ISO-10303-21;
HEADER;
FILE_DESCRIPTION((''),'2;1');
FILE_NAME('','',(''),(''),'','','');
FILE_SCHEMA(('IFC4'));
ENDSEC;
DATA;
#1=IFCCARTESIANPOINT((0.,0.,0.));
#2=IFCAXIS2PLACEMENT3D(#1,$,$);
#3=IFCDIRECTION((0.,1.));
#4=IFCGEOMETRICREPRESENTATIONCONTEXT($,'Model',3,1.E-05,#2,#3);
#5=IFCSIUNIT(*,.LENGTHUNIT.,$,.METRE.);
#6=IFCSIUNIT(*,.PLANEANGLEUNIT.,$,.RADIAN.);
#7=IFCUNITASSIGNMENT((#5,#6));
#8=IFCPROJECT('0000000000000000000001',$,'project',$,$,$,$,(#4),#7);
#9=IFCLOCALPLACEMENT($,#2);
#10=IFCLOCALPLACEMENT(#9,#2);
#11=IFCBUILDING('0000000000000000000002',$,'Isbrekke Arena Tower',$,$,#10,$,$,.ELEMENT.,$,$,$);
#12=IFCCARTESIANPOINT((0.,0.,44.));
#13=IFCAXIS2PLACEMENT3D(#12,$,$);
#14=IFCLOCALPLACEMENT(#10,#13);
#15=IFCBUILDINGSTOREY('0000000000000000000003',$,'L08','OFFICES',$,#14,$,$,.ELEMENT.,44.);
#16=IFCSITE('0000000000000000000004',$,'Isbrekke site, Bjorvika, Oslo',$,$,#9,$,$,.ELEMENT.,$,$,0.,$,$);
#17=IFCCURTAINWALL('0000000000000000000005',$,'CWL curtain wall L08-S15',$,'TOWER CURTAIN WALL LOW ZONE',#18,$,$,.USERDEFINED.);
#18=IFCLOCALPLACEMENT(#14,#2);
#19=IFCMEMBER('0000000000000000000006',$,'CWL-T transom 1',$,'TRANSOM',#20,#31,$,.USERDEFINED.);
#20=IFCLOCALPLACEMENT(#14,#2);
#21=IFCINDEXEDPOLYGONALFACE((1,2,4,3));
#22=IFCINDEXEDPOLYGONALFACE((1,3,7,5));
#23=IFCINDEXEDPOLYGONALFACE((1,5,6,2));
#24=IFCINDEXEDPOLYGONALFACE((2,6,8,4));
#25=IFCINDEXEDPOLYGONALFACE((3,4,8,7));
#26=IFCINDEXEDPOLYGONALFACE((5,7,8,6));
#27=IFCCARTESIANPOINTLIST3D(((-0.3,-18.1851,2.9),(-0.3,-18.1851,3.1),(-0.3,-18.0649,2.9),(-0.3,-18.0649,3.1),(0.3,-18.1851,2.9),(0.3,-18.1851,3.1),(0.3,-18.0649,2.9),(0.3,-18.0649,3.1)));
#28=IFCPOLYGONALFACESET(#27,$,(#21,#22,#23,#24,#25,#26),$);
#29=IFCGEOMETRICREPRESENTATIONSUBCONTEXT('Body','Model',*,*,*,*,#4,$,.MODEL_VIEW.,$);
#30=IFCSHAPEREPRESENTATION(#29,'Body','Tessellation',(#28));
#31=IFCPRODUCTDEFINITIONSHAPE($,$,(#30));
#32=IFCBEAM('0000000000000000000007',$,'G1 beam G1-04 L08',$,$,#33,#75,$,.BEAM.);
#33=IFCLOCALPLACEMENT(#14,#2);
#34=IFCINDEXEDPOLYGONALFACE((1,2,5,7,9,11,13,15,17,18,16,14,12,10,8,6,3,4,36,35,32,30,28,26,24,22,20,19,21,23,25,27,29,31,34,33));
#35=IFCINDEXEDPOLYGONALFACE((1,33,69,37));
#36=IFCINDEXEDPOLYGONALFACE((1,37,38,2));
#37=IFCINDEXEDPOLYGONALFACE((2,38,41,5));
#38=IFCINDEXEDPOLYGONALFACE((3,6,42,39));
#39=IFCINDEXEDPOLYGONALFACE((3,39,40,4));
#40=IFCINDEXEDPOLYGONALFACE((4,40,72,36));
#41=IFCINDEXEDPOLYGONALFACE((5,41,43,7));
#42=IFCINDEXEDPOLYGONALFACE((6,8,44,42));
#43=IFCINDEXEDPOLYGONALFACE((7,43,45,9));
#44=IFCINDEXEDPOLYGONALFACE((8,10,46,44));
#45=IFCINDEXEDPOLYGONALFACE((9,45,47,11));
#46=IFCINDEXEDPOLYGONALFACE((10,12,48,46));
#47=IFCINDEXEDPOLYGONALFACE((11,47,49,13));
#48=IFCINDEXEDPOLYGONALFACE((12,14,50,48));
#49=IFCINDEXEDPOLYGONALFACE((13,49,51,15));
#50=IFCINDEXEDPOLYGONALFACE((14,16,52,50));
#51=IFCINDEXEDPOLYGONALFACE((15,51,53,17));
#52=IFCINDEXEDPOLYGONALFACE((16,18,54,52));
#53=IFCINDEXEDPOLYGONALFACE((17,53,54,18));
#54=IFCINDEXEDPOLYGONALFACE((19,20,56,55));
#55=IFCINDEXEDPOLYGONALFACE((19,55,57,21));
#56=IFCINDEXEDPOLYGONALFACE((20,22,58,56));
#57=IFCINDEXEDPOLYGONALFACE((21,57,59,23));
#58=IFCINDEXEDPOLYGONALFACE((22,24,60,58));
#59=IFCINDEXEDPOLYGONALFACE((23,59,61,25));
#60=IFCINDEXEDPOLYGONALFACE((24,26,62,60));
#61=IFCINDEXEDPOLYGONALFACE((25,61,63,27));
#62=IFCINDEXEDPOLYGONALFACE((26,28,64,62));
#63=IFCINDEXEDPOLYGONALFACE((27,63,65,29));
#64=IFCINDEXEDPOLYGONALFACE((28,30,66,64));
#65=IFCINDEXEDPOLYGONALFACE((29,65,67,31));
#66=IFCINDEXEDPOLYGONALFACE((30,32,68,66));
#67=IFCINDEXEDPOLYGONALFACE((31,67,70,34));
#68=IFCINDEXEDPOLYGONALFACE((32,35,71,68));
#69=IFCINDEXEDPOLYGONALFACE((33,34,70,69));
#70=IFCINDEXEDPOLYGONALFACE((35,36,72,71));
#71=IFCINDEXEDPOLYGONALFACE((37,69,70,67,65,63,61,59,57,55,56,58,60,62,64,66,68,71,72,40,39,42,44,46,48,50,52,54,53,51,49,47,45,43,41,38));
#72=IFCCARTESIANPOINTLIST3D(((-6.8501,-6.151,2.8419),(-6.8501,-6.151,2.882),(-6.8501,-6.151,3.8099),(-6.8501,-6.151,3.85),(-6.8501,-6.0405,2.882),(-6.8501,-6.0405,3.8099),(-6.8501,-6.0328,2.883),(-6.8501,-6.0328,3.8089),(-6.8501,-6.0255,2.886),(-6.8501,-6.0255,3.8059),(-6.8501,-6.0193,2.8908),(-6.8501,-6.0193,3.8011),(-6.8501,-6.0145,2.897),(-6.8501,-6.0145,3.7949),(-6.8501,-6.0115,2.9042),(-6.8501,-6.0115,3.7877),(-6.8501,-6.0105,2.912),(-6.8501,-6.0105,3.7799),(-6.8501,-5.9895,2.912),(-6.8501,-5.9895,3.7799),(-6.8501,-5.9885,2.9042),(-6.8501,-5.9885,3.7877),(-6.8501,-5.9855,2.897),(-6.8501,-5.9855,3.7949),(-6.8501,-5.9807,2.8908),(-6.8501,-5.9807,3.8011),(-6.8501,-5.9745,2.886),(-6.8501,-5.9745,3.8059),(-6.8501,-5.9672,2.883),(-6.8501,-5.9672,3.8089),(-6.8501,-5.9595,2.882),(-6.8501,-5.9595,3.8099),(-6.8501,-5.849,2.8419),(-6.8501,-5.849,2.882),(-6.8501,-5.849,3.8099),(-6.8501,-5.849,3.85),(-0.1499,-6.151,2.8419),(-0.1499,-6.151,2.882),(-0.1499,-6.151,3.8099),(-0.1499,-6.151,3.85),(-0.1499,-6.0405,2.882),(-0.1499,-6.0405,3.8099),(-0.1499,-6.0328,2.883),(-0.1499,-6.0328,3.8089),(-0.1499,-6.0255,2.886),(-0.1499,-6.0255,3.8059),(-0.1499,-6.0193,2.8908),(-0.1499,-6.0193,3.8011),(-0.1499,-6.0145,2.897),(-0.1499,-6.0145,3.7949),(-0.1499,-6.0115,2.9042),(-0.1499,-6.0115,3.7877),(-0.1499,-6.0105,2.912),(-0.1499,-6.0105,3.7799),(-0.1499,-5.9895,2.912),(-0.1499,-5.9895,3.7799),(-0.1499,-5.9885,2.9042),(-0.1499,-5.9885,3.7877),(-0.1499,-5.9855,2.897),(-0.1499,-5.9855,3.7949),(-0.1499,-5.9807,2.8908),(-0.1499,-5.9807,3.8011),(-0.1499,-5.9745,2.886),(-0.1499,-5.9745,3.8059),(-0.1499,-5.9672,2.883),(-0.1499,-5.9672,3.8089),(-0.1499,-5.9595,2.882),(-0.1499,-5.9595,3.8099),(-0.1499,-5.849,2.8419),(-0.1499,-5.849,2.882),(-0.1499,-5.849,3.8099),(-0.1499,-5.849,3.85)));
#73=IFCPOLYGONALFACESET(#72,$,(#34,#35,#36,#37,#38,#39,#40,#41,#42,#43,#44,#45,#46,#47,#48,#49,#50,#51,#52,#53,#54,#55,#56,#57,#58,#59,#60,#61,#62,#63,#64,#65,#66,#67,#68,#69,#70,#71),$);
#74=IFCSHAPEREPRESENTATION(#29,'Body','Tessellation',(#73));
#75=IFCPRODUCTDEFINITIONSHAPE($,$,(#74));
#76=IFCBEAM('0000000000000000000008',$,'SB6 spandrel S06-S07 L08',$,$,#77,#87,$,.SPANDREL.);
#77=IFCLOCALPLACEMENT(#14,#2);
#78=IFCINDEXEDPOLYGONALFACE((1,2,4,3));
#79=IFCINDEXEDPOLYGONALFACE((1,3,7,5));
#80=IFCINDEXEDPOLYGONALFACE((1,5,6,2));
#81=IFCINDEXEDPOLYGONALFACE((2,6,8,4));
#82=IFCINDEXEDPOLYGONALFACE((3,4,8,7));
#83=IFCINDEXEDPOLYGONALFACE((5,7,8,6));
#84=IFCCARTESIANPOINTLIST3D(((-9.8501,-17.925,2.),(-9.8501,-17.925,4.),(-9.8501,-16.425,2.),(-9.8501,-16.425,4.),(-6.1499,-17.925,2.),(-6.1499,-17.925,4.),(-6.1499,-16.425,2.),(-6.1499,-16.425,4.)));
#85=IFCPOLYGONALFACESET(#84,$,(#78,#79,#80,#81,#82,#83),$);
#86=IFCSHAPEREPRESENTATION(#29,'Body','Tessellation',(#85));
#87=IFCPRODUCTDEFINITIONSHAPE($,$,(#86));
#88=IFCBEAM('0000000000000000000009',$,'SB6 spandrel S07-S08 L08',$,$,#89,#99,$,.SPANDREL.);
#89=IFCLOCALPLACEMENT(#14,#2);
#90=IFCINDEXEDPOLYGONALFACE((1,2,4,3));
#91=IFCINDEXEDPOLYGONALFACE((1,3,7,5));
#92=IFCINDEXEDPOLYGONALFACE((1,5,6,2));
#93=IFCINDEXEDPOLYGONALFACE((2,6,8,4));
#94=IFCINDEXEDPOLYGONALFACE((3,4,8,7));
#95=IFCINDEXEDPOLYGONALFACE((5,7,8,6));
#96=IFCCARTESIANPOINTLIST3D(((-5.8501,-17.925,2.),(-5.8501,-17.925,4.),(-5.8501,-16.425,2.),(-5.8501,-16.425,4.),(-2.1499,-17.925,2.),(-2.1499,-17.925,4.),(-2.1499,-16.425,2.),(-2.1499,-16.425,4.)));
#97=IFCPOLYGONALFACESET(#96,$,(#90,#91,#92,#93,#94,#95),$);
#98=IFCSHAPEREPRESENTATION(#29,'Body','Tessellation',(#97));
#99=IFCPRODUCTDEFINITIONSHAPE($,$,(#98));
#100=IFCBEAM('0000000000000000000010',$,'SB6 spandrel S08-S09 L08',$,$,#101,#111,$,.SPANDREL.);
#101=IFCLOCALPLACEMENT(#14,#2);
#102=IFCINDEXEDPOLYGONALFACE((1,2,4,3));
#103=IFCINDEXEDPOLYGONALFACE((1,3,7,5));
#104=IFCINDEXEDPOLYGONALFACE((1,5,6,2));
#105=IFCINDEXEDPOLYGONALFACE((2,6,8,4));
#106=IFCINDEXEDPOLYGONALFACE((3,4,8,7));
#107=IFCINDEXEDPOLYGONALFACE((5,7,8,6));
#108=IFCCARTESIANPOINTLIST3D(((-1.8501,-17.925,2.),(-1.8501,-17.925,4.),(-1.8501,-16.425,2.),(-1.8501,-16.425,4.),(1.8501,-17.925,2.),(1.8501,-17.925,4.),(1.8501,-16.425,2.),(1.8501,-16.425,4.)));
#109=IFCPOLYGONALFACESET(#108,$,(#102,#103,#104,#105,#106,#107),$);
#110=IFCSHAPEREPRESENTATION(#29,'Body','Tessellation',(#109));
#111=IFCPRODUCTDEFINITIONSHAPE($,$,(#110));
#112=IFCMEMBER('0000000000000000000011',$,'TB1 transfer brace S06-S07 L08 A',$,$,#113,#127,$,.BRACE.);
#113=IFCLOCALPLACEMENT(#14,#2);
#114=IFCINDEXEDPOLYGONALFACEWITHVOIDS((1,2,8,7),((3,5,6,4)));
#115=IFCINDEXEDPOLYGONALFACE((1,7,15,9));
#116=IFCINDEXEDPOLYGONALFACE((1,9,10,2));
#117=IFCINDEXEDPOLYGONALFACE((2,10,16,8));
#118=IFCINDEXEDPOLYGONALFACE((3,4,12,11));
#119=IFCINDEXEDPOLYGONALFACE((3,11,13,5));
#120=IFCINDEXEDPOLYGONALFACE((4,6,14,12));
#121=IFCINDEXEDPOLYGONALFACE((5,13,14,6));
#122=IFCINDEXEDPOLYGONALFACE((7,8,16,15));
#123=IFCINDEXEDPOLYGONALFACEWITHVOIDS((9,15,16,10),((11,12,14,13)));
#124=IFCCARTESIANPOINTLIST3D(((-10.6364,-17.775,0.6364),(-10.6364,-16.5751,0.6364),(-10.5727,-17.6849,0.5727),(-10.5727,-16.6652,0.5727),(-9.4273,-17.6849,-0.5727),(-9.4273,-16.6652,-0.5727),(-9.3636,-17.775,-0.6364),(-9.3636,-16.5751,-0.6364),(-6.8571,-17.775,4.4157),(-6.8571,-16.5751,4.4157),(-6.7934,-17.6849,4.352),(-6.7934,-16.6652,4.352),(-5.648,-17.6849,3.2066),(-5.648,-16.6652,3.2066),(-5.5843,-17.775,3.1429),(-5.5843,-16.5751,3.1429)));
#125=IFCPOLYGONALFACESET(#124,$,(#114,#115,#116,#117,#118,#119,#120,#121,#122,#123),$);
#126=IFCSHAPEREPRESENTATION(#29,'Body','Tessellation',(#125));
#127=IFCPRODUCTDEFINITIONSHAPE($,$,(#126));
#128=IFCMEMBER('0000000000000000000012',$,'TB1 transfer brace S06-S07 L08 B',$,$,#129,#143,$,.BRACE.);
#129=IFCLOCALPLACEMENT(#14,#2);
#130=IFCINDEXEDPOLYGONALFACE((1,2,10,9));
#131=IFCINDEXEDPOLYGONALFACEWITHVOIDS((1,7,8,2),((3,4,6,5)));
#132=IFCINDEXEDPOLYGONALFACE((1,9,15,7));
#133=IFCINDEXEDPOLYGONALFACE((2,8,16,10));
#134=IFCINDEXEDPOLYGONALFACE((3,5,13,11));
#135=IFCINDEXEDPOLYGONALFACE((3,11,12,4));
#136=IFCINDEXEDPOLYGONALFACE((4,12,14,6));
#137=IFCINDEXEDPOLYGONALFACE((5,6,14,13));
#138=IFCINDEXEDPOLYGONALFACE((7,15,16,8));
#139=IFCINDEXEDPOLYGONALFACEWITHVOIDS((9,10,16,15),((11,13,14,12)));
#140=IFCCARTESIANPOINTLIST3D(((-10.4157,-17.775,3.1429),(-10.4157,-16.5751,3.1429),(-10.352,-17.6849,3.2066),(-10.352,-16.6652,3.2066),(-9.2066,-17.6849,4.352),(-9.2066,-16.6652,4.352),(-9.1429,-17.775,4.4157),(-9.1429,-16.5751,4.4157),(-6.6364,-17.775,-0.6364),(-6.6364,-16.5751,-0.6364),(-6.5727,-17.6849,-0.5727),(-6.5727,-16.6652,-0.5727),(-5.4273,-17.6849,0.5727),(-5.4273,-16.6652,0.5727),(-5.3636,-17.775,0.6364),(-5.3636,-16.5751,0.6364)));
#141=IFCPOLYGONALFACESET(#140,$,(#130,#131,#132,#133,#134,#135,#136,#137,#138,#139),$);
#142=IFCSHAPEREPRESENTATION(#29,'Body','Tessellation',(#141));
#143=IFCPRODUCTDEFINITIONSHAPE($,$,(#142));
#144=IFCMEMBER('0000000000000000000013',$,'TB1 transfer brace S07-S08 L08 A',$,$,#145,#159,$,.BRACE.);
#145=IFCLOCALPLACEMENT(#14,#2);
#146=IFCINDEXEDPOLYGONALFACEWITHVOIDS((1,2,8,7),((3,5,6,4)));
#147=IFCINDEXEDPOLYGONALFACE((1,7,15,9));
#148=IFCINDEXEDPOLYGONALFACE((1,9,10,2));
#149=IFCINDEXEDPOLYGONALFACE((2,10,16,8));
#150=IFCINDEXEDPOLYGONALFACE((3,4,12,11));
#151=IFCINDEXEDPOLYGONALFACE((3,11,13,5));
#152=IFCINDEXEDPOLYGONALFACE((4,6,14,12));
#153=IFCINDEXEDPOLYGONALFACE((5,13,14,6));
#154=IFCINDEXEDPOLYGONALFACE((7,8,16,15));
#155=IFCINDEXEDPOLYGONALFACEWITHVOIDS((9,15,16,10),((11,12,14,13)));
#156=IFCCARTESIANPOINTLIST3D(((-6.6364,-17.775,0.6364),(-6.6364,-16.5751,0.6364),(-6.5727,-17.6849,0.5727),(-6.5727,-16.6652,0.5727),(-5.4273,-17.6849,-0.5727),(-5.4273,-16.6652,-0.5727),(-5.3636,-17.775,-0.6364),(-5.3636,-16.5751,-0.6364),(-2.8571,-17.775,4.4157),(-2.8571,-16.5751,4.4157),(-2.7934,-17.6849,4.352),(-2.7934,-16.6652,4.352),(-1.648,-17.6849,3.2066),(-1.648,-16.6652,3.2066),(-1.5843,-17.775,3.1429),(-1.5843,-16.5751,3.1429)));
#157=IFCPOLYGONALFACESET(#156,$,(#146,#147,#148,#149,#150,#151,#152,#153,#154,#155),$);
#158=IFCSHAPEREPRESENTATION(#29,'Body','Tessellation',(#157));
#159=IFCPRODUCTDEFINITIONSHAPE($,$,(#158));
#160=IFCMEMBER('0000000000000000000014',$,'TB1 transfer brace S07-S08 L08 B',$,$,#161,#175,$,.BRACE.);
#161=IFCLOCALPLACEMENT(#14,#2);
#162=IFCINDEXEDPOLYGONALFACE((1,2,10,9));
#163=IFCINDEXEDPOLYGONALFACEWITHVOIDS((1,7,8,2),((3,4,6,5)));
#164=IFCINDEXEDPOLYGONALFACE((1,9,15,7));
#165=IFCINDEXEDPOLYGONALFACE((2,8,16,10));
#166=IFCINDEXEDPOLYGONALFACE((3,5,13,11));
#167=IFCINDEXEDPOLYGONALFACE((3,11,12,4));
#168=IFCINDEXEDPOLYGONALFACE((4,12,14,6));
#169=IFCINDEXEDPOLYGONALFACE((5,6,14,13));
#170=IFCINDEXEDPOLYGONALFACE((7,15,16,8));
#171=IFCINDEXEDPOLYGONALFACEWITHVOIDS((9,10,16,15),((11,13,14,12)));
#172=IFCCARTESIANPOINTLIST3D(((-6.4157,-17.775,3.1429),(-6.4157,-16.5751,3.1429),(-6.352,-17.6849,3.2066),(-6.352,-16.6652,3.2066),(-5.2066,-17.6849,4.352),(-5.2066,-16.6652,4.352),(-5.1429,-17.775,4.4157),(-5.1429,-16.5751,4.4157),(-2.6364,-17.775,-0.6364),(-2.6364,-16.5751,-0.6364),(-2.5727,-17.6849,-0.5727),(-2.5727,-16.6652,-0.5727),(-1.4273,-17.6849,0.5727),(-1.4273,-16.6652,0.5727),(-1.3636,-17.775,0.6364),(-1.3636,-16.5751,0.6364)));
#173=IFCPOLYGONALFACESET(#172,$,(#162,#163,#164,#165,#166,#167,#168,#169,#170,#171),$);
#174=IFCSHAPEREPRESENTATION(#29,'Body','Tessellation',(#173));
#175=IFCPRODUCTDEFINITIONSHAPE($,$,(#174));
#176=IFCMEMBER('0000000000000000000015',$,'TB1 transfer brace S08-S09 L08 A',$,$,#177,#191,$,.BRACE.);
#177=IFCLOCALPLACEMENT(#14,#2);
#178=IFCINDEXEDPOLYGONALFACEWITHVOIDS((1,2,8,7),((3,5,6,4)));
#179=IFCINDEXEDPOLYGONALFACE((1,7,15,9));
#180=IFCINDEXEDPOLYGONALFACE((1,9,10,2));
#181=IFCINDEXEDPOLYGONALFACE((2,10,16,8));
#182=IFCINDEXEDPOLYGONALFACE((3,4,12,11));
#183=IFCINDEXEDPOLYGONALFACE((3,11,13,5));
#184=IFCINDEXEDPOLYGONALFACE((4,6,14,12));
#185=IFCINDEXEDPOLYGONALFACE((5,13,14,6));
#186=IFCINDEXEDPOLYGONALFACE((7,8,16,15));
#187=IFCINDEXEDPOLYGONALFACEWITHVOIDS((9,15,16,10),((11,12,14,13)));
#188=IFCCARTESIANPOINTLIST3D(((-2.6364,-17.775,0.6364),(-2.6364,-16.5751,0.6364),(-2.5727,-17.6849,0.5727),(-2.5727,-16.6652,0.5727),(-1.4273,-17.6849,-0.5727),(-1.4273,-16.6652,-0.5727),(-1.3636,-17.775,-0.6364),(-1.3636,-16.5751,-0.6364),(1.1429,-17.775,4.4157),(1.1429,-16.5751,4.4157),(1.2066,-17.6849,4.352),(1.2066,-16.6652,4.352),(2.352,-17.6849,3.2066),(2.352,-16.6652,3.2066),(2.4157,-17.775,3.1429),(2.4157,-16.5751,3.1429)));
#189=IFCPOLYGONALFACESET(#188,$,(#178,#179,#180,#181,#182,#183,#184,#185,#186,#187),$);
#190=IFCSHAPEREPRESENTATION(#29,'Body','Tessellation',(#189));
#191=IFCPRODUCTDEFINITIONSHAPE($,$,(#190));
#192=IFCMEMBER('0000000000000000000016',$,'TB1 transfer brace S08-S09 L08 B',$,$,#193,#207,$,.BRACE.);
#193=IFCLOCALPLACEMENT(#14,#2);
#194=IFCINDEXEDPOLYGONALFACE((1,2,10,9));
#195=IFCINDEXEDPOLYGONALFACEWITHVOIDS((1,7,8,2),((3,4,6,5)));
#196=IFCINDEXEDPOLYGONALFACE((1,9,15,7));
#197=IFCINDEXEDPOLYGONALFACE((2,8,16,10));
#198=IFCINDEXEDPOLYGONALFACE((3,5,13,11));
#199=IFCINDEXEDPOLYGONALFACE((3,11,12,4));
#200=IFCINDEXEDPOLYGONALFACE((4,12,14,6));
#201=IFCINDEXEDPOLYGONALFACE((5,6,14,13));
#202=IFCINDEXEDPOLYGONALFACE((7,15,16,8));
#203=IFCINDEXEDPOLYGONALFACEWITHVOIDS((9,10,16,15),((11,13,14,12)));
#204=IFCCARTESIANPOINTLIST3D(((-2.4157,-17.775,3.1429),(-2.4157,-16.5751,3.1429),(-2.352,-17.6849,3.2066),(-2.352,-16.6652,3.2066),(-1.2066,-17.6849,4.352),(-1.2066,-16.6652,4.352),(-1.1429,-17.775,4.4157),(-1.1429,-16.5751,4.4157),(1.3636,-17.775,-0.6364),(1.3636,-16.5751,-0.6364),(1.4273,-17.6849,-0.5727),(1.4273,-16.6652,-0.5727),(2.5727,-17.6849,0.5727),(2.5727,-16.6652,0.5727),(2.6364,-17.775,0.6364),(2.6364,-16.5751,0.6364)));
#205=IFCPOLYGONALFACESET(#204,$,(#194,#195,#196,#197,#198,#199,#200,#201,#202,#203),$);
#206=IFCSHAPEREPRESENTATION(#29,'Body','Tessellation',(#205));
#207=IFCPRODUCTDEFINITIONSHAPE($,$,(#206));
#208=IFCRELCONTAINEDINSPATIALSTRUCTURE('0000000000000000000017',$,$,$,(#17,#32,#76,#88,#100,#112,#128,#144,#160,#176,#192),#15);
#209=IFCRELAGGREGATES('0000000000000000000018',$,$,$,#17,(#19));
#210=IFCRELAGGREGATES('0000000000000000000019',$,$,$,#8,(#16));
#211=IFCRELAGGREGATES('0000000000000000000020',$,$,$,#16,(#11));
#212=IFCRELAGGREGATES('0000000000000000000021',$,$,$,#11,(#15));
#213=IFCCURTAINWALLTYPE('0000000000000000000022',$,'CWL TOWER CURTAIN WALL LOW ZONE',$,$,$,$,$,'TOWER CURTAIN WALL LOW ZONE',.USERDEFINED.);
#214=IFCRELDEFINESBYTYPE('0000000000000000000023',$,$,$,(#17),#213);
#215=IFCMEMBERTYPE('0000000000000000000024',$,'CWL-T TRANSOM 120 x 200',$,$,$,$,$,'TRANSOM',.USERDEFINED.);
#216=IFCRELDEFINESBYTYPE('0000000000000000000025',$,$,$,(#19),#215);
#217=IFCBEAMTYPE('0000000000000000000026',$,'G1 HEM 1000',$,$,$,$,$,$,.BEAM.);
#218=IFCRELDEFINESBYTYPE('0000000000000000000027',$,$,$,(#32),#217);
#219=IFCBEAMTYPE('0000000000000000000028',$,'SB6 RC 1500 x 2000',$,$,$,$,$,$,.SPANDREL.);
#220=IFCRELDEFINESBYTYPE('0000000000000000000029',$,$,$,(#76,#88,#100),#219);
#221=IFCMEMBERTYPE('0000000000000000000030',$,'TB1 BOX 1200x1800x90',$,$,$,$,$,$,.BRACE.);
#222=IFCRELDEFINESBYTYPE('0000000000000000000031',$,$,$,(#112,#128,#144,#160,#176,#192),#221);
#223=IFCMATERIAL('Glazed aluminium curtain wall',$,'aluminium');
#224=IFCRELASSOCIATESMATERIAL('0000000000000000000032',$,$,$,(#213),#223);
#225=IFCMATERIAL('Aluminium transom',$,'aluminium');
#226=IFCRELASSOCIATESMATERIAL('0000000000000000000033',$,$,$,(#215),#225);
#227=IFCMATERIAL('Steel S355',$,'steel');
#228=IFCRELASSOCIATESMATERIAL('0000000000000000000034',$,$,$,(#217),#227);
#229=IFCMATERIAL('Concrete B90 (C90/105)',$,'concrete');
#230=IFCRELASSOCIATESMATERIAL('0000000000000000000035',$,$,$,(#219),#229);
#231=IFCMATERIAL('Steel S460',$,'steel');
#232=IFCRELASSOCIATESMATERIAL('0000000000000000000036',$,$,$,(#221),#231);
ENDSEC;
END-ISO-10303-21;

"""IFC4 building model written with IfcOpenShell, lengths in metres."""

from ifc_helpers import new_model, si_unit, direction, frame, origin, origin_2d, place, context, subcontext, project, spatial, rectangle, hollow_rectangle, i_section, extrude, material, material_profile, profile_set, type_object, element, aggregate, save


model = new_model("IFC4")

# Units and contexts
model_context = context("Model", 3, precision=1e-05, world=origin(), true_north=direction((0.0, 1.0)))
body_context = subcontext(model_context, "Body", "Model", "MODEL_VIEW")
ifc_project = project(units=[si_unit("LENGTHUNIT", "METRE"), si_unit("PLANEANGLEUNIT", "RADIAN")], contexts=[model_context])

# Site, building, storey
site_placement = place(None, origin())
site = spatial("IfcSite", under=ifc_project, at=site_placement, Name="Isbrekke site, Bjorvika, Oslo", CompositionType="ELEMENT", RefElevation=0.0)
building_placement = place(site_placement, origin())
building = spatial("IfcBuilding", under=site, at=building_placement, Name="Isbrekke Arena Tower", CompositionType="ELEMENT")
storey_placement = place(building_placement, frame((0.0, 0.0, 44.0)))
storey = spatial("IfcBuildingStorey", under=building, at=storey_placement, Name="L08", Description="OFFICES", CompositionType="ELEMENT", Elevation=44.0)

# Shared definitions
ifc_material_1 = material(Name="Glazed aluminium curtain wall", Category="aluminium")
curtain_wall_type = type_object("IfcCurtainWallType", Name="CWL TOWER CURTAIN WALL LOW ZONE", ElementType="TOWER CURTAIN WALL LOW ZONE", PredefinedType="USERDEFINED", material=ifc_material_1)

# Curtain wall
curtain_wall_1_placement = place(storey_placement, origin())
curtain_wall_1 = element("IfcCurtainWall", 1, at=curtain_wall_1_placement, inside=storey, type_object=curtain_wall_type, Name="CWL curtain wall L08-S15", ObjectType="TOWER CURTAIN WALL LOW ZONE", PredefinedType="USERDEFINED")

# Member
ifc_material_2 = material(Name="Aluminium transom", Category="aluminium")
ifc_material_profile_1 = material_profile(ifc_material_2, rectangle(XDim=0.1201, YDim=0.2, at=origin_2d()), Name="TRANSOM 120X200")
ifc_profile_set_1 = profile_set([ifc_material_profile_1], Name="Aluminium transom")
member_type_1 = type_object("IfcMemberType", Name="CWL-T TRANSOM 120 x 200", ElementType="TRANSOM", PredefinedType="USERDEFINED", material=ifc_profile_set_1)
member_1_placement = place(storey_placement, frame((-0.3, -18.125, 3.0), z_axis=(1.0, 0.0, 0.0), x_axis=(0.0, 1.0, 0.0)))
member_1 = element("IfcMember", 2, at=member_1_placement, type_object=member_type_1, Name="CWL-T transom 1", ObjectType="TRANSOM", PredefinedType="USERDEFINED", context=body_context, shape_type="SweptSolid", body=[
    extrude(rectangle(XDim=0.1201, YDim=0.2, at=origin_2d()), origin(), (0.0, 0.0, 1.0), 0.6001),
])
aggregate(curtain_wall_1, [member_1])

# Beams
ifc_material_3 = material(Name="Steel S355", Category="steel")
ifc_material_profile_2 = material_profile(ifc_material_3, i_section(OverallWidth=0.302, OverallDepth=1.0081, WebThickness=0.021, FlangeThickness=0.04, FilletRadius=0.03, at=origin_2d()), Name="HEM 1000")
ifc_profile_set_2 = profile_set([ifc_material_profile_2], Name="Steel S355")
beam_type_1 = type_object("IfcBeamType", Name="G1 HEM 1000", PredefinedType="BEAM", material=ifc_profile_set_2)
beam_1_placement = place(storey_placement, frame((-6.8501, -6.0, 3.3459), z_axis=(1.0, 0.0, 0.0), x_axis=(0.0, 1.0, 0.0)))
element("IfcBeam", 3, at=beam_1_placement, inside=storey, type_object=beam_type_1, Name="G1 beam G1-04 L08", PredefinedType="BEAM", context=body_context, shape_type="SweptSolid", body=[
    extrude(i_section(OverallWidth=0.302, OverallDepth=1.0081, WebThickness=0.021, FlangeThickness=0.04, FilletRadius=0.03, at=origin_2d()), origin(), (0.0, 0.0, 1.0), 6.7002),
])
ifc_material_4 = material(Name="Concrete B90 (C90/105)", Category="concrete")
ifc_material_profile_3 = material_profile(ifc_material_4, rectangle(XDim=1.5, YDim=2.0, at=origin_2d()), Name="RC 1500x2000")
ifc_profile_set_3 = profile_set([ifc_material_profile_3], Name="Concrete B90 (C90/105)")
beam_type_2 = type_object("IfcBeamType", Name="SB6 RC 1500 x 2000", PredefinedType="SPANDREL", material=ifc_profile_set_3)
for number, where, z_axis, x_axis, name in (
    (4, (-9.8501, -17.175, 3.0), (1.0, 0.0, 0.0), (0.0, 1.0, 0.0), "SB6 spandrel S06-S07 L08"),
    (5, (-5.8501, -17.175, 3.0), (1.0, 0.0, 0.0), (0.0, 1.0, 0.0), "SB6 spandrel S07-S08 L08"),
    (6, (-1.8501, -17.175, 3.0), (1.0, 0.0, 0.0), (0.0, 1.0, 0.0), "SB6 spandrel S08-S09 L08"),
):
    element("IfcBeam", number, at=place(storey_placement, frame(where, z_axis=z_axis, x_axis=x_axis)), inside=storey, type_object=beam_type_2, Name=name, PredefinedType="SPANDREL", context=body_context, shape_type="SweptSolid", body=[
        extrude(rectangle(XDim=1.5, YDim=2.0, at=origin_2d()), origin(), (0.0, 0.0, 1.0), 3.7002),
    ])

# Members
ifc_material_5 = material(Name="Steel S460", Category="steel")
ifc_material_profile_4 = material_profile(ifc_material_5, hollow_rectangle(XDim=1.2, YDim=1.8, WallThickness=0.0901, at=origin_2d()), Name="BOX 1200x1800x90")
ifc_profile_set_4 = profile_set([ifc_material_profile_4], Name="Steel S460")
member_type_2 = type_object("IfcMemberType", Name="TB1 BOX 1200x1800x90", PredefinedType="BRACE", material=ifc_profile_set_4)
for number, where, z_axis, x_axis, name in (
    (7, (-10.0, -17.175, 0.0), (0.707107, 0.0, 0.707107), (0.0, 1.0, 0.0), "TB1 transfer brace S06-S07 L08 A"),
    (8, (-9.7793, -17.175, 3.7793), (0.707107, 0.0, -0.707107), (0.0, 1.0, 0.0), "TB1 transfer brace S06-S07 L08 B"),
    (9, (-6.0, -17.175, 0.0), (0.707107, 0.0, 0.707107), (0.0, 1.0, 0.0), "TB1 transfer brace S07-S08 L08 A"),
    (10, (-5.7793, -17.175, 3.7793), (0.707107, 0.0, -0.707107), (0.0, 1.0, 0.0), "TB1 transfer brace S07-S08 L08 B"),
    (11, (-2.0, -17.175, 0.0), (0.707107, 0.0, 0.707107), (0.0, 1.0, 0.0), "TB1 transfer brace S08-S09 L08 A"),
    (12, (-1.7793, -17.175, 3.7793), (0.707107, 0.0, -0.707107), (0.0, 1.0, 0.0), "TB1 transfer brace S08-S09 L08 B"),
):
    element("IfcMember", number, at=place(storey_placement, frame(where, z_axis=z_axis, x_axis=x_axis)), inside=storey, type_object=member_type_2, Name=name, PredefinedType="BRACE", context=body_context, shape_type="SweptSolid", body=[
        extrude(hollow_rectangle(XDim=1.2, YDim=1.8, WallThickness=0.0901, at=origin_2d()), origin(), (0.0, 0.0, 1.0), 5.3447),
    ])

save(model, "model.ifc")
